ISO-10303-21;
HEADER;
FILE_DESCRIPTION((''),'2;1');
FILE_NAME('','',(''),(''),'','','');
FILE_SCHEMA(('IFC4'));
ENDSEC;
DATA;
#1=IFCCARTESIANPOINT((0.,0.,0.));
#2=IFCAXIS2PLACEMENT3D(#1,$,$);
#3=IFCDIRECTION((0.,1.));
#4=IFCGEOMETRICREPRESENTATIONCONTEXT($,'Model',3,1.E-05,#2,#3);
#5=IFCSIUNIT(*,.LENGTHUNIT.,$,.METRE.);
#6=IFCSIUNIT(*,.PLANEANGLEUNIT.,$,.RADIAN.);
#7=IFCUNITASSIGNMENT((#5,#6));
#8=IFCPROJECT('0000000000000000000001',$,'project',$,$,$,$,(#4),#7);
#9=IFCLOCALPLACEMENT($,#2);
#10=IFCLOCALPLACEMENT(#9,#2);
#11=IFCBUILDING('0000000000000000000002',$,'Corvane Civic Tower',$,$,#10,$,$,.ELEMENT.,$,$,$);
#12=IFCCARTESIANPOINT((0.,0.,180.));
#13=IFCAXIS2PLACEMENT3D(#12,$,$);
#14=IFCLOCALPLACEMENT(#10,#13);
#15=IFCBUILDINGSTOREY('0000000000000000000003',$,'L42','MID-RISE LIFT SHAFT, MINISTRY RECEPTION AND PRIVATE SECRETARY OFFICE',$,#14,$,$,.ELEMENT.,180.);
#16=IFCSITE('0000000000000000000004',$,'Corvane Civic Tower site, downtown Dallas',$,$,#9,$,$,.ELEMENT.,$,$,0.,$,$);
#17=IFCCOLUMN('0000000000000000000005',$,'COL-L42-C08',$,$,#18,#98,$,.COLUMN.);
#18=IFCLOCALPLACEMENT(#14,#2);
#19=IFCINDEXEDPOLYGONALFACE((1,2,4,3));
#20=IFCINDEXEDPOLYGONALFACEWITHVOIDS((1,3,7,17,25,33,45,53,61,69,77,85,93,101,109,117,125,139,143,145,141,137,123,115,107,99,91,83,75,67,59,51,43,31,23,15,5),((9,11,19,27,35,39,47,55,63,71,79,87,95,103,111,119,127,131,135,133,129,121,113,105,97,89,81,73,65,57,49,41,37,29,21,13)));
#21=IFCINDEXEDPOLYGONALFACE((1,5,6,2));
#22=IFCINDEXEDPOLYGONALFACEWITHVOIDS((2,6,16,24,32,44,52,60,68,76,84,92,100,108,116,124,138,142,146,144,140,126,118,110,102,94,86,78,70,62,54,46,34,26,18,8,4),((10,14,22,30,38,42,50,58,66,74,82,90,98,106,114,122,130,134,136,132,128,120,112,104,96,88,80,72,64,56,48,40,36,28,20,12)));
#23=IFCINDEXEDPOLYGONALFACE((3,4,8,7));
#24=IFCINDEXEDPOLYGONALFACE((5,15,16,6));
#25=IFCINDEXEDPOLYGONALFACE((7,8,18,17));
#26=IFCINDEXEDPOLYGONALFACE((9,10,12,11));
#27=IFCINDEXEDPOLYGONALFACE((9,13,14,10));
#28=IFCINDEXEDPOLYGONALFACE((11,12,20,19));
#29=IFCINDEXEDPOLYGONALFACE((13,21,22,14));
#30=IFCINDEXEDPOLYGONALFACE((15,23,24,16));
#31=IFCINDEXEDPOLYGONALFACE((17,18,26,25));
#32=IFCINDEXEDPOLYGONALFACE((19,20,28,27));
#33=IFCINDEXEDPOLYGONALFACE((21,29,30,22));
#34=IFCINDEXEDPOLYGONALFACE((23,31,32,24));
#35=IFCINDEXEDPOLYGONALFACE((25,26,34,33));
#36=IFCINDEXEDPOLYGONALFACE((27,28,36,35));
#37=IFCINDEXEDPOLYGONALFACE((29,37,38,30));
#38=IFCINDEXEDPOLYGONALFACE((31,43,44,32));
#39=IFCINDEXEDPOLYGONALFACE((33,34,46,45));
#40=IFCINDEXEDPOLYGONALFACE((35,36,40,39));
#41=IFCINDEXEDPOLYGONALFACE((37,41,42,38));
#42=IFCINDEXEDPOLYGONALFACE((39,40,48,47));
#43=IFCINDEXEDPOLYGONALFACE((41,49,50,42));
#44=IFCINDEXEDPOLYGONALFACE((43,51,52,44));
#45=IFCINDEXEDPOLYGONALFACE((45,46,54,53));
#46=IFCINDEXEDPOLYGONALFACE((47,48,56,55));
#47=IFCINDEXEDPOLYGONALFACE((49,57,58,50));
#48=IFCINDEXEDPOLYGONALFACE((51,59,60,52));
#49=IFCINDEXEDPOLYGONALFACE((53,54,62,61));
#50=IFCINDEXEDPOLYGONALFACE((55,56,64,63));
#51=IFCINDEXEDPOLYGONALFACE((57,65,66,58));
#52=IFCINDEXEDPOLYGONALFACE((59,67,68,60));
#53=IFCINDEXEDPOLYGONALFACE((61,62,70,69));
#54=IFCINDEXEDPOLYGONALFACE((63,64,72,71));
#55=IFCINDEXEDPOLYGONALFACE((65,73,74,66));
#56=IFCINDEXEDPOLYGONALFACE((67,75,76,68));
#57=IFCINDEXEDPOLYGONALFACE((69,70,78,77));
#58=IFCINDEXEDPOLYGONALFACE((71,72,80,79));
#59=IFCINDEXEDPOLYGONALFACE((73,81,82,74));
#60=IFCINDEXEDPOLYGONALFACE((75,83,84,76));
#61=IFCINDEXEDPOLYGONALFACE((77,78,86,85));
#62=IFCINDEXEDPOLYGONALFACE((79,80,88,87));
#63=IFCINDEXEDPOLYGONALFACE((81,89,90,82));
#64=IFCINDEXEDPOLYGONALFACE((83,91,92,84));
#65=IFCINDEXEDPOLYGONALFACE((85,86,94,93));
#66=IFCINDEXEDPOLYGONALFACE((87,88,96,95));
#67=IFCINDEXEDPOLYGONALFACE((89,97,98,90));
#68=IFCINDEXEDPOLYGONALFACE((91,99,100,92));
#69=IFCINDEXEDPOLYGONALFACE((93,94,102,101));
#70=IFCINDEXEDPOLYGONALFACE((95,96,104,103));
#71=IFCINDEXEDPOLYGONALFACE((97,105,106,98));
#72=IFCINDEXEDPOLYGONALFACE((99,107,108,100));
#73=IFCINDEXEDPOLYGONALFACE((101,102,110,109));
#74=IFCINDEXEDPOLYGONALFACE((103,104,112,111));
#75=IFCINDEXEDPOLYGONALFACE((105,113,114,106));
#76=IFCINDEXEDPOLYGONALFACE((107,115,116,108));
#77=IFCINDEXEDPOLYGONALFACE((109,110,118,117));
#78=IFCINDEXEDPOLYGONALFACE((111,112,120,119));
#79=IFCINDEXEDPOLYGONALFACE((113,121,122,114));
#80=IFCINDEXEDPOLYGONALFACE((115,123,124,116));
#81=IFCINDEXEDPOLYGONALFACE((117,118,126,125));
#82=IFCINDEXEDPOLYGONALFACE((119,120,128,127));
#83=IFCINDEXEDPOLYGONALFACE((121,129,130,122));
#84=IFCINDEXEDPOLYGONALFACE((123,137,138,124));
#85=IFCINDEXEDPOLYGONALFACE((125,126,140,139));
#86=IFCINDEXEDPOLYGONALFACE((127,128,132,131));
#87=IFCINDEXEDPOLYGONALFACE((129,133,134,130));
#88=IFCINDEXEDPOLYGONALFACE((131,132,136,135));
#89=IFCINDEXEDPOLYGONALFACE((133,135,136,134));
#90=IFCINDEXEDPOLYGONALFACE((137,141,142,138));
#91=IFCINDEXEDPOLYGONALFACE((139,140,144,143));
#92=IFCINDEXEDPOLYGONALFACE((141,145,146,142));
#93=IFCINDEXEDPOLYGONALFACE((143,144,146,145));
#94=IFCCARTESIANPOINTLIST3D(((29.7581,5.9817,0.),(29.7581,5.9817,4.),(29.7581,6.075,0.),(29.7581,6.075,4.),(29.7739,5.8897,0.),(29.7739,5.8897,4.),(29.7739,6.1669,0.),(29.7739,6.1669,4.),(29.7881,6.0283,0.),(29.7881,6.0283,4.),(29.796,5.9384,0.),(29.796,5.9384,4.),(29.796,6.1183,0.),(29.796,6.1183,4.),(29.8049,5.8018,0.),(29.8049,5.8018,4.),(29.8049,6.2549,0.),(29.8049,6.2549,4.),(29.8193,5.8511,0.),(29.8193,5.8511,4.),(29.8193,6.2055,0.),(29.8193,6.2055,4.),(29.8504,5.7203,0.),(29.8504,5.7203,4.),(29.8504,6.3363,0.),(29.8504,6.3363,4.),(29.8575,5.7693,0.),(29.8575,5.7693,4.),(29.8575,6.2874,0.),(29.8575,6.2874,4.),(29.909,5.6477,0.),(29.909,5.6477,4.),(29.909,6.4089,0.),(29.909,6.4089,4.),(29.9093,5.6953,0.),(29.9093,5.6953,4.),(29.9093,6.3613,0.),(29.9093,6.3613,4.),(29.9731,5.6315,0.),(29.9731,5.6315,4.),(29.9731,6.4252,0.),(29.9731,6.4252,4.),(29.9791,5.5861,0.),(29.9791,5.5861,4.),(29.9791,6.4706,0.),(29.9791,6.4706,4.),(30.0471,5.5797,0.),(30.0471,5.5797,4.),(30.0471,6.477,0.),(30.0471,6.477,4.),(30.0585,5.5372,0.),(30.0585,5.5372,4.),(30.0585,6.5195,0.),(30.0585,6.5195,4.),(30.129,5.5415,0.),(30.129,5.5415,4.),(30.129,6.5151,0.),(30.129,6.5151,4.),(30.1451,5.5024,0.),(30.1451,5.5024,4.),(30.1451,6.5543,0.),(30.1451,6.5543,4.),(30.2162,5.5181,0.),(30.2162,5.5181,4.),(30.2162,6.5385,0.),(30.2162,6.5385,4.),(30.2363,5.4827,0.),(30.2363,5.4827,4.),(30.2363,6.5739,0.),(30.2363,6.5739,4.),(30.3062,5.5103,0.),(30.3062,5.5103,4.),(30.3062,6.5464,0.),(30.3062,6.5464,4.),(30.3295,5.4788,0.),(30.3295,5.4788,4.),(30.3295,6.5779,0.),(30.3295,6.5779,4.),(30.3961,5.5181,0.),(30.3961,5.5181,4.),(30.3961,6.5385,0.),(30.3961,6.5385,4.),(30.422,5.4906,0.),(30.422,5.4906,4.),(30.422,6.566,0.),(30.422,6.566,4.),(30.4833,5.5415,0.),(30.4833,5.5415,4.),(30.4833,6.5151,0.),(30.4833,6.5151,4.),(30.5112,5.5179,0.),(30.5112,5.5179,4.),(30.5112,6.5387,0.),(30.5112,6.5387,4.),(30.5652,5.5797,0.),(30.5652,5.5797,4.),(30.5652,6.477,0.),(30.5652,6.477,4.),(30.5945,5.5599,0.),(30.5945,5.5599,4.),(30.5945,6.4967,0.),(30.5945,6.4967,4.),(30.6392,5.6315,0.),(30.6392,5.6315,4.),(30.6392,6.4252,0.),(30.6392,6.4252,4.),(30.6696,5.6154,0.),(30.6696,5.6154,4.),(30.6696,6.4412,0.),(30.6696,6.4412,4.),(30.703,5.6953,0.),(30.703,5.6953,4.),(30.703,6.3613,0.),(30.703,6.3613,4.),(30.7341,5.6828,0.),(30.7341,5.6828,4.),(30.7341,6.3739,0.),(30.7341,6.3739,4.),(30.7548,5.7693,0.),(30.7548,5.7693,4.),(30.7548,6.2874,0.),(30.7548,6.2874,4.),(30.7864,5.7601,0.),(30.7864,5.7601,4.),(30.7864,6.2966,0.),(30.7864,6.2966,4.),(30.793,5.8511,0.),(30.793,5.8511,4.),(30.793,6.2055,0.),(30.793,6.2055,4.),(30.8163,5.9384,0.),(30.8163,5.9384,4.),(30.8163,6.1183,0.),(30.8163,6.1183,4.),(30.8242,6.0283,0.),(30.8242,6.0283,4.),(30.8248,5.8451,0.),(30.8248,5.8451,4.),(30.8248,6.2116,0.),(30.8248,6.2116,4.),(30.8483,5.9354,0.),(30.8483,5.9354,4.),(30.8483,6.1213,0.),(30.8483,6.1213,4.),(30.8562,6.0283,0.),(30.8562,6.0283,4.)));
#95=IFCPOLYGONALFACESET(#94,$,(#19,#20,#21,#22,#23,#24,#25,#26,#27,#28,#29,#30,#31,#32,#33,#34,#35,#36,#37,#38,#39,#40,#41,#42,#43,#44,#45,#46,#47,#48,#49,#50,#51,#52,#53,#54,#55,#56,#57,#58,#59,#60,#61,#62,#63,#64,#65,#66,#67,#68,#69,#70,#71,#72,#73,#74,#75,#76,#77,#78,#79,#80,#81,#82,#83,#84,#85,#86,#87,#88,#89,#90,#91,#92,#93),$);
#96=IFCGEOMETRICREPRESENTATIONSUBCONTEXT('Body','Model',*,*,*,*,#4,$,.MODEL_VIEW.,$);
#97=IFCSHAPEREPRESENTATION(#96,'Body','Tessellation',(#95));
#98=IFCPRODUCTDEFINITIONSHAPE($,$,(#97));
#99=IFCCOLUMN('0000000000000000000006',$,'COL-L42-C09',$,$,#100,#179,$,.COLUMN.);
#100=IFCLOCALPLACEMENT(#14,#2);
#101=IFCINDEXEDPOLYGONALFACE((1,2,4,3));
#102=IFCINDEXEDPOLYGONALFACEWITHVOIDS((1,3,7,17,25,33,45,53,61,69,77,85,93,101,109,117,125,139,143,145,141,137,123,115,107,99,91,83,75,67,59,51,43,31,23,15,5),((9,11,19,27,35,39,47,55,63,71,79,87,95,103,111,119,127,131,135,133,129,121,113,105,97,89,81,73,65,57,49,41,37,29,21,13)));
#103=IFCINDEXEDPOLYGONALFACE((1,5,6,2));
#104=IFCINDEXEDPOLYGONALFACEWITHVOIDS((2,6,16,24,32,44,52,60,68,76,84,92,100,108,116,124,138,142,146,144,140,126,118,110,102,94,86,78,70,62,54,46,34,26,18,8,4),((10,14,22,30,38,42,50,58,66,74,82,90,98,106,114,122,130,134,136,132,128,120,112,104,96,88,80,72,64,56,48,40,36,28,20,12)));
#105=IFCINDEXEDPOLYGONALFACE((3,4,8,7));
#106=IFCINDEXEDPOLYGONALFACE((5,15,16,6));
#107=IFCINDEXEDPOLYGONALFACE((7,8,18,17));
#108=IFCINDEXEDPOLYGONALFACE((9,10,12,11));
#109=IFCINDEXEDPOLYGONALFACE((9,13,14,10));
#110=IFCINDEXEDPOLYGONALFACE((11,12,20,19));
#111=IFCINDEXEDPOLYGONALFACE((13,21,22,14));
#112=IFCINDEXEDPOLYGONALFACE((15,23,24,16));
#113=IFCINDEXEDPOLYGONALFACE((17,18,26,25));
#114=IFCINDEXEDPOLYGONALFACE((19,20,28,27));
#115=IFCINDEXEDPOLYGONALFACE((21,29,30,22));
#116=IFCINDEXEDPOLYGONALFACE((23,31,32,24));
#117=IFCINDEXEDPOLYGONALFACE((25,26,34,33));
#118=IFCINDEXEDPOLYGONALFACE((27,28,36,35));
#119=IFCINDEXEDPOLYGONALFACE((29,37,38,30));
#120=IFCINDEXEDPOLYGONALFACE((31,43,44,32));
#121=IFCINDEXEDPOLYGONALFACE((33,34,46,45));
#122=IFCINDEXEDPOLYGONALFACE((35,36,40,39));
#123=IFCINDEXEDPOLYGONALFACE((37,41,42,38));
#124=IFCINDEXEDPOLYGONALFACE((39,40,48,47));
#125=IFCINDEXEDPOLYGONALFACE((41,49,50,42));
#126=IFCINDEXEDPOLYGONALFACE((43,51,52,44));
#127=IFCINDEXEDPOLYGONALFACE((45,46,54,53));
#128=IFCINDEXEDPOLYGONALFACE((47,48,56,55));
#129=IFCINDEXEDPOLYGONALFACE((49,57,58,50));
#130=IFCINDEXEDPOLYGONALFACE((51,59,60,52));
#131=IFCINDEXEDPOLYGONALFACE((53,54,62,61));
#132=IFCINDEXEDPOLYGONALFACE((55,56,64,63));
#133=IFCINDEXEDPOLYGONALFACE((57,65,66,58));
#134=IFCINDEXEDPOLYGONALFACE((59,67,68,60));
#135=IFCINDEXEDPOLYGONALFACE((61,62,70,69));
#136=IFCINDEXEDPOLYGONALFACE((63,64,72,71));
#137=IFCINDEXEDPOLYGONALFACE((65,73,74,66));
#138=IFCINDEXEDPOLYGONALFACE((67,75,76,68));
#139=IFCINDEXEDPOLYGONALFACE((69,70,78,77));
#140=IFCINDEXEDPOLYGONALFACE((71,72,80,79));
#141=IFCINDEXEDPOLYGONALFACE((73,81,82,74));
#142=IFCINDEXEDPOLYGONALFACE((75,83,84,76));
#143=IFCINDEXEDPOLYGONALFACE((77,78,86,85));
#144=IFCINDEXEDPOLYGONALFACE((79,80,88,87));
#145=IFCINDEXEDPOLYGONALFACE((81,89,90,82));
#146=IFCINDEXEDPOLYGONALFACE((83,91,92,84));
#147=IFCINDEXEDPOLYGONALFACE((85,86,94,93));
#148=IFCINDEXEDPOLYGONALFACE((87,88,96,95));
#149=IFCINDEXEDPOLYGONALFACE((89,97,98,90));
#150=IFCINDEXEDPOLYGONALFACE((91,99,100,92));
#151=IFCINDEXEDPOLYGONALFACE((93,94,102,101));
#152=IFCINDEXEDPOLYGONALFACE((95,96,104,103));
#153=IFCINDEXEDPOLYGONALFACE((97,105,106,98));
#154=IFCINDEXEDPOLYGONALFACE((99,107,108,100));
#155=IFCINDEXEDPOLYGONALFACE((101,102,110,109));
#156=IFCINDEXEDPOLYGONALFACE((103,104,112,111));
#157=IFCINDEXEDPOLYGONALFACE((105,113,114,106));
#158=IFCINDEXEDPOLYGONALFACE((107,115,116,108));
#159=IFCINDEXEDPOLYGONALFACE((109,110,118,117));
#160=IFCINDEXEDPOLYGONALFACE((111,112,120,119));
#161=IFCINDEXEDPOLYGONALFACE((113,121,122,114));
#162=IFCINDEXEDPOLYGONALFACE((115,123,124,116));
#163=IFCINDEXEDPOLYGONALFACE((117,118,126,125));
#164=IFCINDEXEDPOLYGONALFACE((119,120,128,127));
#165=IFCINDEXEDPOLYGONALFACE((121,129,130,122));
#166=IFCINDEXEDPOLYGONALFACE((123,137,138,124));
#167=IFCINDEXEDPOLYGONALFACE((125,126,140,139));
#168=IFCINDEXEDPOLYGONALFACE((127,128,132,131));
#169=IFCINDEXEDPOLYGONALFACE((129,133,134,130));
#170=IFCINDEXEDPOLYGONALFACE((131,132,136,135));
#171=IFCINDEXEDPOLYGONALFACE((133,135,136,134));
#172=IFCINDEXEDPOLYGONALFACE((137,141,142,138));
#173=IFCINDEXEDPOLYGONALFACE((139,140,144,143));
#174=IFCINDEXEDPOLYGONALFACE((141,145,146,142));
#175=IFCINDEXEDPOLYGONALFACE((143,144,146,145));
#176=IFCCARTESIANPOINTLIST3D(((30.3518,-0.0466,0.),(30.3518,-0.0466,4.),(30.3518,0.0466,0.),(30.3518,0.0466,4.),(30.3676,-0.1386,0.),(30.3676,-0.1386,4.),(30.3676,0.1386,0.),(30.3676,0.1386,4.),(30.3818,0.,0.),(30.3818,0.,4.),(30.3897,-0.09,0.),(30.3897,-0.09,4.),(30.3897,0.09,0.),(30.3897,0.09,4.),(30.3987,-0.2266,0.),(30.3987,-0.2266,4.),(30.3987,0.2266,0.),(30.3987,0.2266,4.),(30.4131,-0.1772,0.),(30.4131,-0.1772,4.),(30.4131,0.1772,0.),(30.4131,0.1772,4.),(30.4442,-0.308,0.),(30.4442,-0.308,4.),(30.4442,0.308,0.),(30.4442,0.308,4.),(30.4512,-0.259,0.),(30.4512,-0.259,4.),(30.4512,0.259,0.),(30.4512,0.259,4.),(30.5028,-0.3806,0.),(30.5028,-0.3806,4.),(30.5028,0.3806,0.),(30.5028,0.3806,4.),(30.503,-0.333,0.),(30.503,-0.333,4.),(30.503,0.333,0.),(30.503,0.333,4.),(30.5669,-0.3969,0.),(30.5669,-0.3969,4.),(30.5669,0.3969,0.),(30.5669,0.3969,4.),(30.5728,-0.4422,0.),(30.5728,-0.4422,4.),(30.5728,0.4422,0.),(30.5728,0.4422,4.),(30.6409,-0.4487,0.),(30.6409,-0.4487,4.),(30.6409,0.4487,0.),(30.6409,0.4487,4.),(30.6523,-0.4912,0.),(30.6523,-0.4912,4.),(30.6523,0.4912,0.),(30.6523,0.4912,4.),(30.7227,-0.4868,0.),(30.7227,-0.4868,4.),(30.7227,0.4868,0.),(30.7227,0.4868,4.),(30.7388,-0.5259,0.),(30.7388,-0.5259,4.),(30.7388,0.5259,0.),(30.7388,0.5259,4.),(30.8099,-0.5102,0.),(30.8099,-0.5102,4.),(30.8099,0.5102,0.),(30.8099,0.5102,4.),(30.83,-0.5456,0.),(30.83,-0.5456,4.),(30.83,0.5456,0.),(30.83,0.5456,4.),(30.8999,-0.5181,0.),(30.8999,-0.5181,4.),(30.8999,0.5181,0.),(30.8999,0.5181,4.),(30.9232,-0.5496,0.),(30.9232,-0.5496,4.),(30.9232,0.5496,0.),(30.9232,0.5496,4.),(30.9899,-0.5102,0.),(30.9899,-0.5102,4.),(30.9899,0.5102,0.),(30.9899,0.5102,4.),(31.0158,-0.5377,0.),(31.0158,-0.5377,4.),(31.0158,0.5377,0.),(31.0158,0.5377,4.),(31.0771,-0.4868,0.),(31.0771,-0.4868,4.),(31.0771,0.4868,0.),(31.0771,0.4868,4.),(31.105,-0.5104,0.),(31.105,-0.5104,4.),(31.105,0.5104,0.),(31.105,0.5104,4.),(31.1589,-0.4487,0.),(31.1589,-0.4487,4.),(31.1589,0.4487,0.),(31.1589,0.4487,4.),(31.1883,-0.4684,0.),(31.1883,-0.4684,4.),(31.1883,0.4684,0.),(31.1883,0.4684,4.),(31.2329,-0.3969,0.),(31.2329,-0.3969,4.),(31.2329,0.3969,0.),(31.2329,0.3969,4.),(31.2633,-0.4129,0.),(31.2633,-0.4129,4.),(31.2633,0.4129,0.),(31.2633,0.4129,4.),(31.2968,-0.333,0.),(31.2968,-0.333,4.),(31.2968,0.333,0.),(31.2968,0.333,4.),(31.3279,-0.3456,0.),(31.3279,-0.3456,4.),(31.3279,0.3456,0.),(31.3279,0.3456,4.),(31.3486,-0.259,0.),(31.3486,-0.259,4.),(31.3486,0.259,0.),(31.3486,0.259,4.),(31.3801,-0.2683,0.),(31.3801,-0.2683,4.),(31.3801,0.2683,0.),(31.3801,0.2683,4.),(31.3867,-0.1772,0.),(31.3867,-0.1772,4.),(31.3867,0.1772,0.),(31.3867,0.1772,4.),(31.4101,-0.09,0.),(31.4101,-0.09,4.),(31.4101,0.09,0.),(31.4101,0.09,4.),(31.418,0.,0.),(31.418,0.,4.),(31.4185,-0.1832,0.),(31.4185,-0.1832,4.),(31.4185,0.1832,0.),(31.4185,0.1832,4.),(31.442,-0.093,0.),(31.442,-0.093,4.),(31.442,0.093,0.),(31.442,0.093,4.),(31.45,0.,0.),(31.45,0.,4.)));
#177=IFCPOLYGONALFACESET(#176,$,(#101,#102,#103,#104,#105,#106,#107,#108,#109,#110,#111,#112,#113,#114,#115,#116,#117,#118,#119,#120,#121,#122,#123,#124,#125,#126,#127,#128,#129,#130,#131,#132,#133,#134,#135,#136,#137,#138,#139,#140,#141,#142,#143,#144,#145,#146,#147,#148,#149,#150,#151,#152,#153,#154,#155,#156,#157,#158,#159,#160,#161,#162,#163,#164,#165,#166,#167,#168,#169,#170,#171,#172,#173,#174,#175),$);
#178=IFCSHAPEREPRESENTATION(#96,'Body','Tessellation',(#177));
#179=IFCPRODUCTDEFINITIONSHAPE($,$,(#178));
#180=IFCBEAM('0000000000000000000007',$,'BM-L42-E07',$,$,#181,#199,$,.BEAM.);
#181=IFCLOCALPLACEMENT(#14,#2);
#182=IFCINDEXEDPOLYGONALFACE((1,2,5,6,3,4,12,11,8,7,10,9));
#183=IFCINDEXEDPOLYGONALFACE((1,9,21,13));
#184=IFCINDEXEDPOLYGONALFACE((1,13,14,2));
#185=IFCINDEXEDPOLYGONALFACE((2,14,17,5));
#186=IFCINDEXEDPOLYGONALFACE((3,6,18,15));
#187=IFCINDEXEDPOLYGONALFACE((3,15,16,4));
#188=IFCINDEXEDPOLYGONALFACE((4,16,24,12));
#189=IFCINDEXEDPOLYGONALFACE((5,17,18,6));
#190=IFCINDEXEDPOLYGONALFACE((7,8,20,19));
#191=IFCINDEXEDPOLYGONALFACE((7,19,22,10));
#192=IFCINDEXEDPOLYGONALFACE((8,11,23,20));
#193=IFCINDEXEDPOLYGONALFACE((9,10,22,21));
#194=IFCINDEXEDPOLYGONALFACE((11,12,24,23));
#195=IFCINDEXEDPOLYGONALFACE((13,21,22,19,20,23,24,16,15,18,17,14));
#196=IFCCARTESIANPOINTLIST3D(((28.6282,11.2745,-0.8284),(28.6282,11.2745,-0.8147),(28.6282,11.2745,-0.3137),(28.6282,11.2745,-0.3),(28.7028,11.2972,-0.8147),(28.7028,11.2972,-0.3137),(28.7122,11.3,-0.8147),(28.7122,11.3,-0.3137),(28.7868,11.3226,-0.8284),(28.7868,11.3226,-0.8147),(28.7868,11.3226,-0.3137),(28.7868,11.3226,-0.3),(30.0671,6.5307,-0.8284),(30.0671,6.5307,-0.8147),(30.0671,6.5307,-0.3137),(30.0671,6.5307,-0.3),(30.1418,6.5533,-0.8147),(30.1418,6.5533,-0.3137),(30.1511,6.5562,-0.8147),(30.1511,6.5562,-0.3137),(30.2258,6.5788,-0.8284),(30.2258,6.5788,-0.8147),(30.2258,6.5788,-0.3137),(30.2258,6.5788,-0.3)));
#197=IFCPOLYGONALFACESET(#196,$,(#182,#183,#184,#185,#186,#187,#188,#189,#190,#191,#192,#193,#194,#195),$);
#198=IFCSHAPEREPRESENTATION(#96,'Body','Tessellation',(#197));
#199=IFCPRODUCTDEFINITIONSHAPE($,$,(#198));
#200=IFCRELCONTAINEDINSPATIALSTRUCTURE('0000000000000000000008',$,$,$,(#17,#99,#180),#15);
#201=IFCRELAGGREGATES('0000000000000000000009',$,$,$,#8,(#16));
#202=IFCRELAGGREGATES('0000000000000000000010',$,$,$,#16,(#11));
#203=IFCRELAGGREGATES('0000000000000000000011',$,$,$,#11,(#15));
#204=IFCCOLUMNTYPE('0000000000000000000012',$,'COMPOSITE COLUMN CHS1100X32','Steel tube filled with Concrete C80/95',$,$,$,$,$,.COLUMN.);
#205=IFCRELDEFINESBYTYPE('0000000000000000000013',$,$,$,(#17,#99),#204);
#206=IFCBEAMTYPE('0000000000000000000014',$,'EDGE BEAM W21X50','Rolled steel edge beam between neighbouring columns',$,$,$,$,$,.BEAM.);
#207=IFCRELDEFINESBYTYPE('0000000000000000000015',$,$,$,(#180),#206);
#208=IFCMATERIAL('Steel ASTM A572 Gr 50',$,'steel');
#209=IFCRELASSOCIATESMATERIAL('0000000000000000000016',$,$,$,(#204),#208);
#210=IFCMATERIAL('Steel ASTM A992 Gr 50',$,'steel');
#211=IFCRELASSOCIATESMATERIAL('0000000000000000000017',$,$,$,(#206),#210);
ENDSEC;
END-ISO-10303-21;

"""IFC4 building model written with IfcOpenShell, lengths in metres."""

from ifc_helpers import new_model, si_unit, direction, frame, origin, origin_2d, place, context, subcontext, project, spatial, hollow_circle, i_section, extrude, material, material_profile, profile_set, type_object, element, save


model = new_model("IFC4")

# Units and contexts
model_context = context("Model", 3, precision=1e-05, world=origin(), true_north=direction((0.0, 1.0)))
body_context = subcontext(model_context, "Body", "Model", "MODEL_VIEW")
ifc_project = project(units=[si_unit("LENGTHUNIT", "METRE"), si_unit("PLANEANGLEUNIT", "RADIAN")], contexts=[model_context])

# Site, building, storey
site_placement = place(None, origin())
site = spatial("IfcSite", under=ifc_project, at=site_placement, Name="Corvane Civic Tower site, downtown Dallas", CompositionType="ELEMENT", RefElevation=0.0)
building_placement = place(site_placement, origin())
building = spatial("IfcBuilding", under=site, at=building_placement, Name="Corvane Civic Tower", CompositionType="ELEMENT")
storey_placement = place(building_placement, frame((0.0, 0.0, 180.0)))
storey = spatial("IfcBuildingStorey", under=building, at=storey_placement, Name="L42", Description="MID-RISE LIFT SHAFT, MINISTRY RECEPTION AND PRIVATE SECRETARY OFFICE", CompositionType="ELEMENT", Elevation=180.0)

# Columns
ifc_material_1 = material(Name="Steel ASTM A572 Gr 50", Category="steel")
ifc_material_profile_1 = material_profile(ifc_material_1, hollow_circle(Radius=0.55, WallThickness=0.032, at=origin_2d()), Name="CHS1100X32")
ifc_profile_set_1 = profile_set([ifc_material_profile_1], Name="Steel ASTM A572 Gr 50")
column_type = type_object("IfcColumnType", Name="COMPOSITE COLUMN CHS1100X32", Description="Steel tube filled with Concrete C80/95", PredefinedType="COLUMN", material=ifc_profile_set_1)
for number, where, z_axis, x_axis, name in (
    (1, (30.3062, 6.0283, 0.0), (0.0, 0.0, 1.0), (1.0, 0.0, 0.0), "COL-L42-C08"),
    (2, (30.8999, 0.0, 0.0), (0.0, 0.0, 1.0), (1.0, 0.0, 0.0), "COL-L42-C09"),
):
    element("IfcColumn", number, at=place(storey_placement, frame(where, z_axis=z_axis, x_axis=x_axis)), inside=storey, type_object=column_type, Name=name, PredefinedType="COLUMN", context=body_context, shape_type="SweptSolid", body=[
        extrude(hollow_circle(Radius=0.55, WallThickness=0.032, at=origin_2d()), origin(), (0.0, 0.0, 1.0), 4.0),
    ])

# Beam
ifc_material_2 = material(Name="Steel ASTM A992 Gr 50", Category="steel")
ifc_material_profile_2 = material_profile(ifc_material_2, i_section(OverallWidth=0.1658, OverallDepth=0.5283, WebThickness=0.0098, FlangeThickness=0.0137, at=origin_2d()), Name="W21X50")
ifc_profile_set_2 = profile_set([ifc_material_profile_2], Name="Steel ASTM A992 Gr 50")
beam_type_1 = type_object("IfcBeamType", Name="EDGE BEAM W21X50", Description="Rolled steel edge beam between neighbouring columns", PredefinedType="BEAM", material=ifc_profile_set_2)
beam_1_placement = place(storey_placement, frame((28.7075, 11.2986, -0.5642), z_axis=(0.29027, -0.956945, 0.0), x_axis=(0.956945, 0.29027, 0.0)))
element("IfcBeam", 3, at=beam_1_placement, inside=storey, type_object=beam_type_1, Name="BM-L42-E07", PredefinedType="BEAM", context=body_context, shape_type="SweptSolid", body=[
    extrude(i_section(OverallWidth=0.1658, OverallDepth=0.5283, WebThickness=0.0098, FlangeThickness=0.0137, at=origin_2d()), origin(), (0.0, 0.0, 1.0), 4.9573),
])

save(model, "model.ifc")
